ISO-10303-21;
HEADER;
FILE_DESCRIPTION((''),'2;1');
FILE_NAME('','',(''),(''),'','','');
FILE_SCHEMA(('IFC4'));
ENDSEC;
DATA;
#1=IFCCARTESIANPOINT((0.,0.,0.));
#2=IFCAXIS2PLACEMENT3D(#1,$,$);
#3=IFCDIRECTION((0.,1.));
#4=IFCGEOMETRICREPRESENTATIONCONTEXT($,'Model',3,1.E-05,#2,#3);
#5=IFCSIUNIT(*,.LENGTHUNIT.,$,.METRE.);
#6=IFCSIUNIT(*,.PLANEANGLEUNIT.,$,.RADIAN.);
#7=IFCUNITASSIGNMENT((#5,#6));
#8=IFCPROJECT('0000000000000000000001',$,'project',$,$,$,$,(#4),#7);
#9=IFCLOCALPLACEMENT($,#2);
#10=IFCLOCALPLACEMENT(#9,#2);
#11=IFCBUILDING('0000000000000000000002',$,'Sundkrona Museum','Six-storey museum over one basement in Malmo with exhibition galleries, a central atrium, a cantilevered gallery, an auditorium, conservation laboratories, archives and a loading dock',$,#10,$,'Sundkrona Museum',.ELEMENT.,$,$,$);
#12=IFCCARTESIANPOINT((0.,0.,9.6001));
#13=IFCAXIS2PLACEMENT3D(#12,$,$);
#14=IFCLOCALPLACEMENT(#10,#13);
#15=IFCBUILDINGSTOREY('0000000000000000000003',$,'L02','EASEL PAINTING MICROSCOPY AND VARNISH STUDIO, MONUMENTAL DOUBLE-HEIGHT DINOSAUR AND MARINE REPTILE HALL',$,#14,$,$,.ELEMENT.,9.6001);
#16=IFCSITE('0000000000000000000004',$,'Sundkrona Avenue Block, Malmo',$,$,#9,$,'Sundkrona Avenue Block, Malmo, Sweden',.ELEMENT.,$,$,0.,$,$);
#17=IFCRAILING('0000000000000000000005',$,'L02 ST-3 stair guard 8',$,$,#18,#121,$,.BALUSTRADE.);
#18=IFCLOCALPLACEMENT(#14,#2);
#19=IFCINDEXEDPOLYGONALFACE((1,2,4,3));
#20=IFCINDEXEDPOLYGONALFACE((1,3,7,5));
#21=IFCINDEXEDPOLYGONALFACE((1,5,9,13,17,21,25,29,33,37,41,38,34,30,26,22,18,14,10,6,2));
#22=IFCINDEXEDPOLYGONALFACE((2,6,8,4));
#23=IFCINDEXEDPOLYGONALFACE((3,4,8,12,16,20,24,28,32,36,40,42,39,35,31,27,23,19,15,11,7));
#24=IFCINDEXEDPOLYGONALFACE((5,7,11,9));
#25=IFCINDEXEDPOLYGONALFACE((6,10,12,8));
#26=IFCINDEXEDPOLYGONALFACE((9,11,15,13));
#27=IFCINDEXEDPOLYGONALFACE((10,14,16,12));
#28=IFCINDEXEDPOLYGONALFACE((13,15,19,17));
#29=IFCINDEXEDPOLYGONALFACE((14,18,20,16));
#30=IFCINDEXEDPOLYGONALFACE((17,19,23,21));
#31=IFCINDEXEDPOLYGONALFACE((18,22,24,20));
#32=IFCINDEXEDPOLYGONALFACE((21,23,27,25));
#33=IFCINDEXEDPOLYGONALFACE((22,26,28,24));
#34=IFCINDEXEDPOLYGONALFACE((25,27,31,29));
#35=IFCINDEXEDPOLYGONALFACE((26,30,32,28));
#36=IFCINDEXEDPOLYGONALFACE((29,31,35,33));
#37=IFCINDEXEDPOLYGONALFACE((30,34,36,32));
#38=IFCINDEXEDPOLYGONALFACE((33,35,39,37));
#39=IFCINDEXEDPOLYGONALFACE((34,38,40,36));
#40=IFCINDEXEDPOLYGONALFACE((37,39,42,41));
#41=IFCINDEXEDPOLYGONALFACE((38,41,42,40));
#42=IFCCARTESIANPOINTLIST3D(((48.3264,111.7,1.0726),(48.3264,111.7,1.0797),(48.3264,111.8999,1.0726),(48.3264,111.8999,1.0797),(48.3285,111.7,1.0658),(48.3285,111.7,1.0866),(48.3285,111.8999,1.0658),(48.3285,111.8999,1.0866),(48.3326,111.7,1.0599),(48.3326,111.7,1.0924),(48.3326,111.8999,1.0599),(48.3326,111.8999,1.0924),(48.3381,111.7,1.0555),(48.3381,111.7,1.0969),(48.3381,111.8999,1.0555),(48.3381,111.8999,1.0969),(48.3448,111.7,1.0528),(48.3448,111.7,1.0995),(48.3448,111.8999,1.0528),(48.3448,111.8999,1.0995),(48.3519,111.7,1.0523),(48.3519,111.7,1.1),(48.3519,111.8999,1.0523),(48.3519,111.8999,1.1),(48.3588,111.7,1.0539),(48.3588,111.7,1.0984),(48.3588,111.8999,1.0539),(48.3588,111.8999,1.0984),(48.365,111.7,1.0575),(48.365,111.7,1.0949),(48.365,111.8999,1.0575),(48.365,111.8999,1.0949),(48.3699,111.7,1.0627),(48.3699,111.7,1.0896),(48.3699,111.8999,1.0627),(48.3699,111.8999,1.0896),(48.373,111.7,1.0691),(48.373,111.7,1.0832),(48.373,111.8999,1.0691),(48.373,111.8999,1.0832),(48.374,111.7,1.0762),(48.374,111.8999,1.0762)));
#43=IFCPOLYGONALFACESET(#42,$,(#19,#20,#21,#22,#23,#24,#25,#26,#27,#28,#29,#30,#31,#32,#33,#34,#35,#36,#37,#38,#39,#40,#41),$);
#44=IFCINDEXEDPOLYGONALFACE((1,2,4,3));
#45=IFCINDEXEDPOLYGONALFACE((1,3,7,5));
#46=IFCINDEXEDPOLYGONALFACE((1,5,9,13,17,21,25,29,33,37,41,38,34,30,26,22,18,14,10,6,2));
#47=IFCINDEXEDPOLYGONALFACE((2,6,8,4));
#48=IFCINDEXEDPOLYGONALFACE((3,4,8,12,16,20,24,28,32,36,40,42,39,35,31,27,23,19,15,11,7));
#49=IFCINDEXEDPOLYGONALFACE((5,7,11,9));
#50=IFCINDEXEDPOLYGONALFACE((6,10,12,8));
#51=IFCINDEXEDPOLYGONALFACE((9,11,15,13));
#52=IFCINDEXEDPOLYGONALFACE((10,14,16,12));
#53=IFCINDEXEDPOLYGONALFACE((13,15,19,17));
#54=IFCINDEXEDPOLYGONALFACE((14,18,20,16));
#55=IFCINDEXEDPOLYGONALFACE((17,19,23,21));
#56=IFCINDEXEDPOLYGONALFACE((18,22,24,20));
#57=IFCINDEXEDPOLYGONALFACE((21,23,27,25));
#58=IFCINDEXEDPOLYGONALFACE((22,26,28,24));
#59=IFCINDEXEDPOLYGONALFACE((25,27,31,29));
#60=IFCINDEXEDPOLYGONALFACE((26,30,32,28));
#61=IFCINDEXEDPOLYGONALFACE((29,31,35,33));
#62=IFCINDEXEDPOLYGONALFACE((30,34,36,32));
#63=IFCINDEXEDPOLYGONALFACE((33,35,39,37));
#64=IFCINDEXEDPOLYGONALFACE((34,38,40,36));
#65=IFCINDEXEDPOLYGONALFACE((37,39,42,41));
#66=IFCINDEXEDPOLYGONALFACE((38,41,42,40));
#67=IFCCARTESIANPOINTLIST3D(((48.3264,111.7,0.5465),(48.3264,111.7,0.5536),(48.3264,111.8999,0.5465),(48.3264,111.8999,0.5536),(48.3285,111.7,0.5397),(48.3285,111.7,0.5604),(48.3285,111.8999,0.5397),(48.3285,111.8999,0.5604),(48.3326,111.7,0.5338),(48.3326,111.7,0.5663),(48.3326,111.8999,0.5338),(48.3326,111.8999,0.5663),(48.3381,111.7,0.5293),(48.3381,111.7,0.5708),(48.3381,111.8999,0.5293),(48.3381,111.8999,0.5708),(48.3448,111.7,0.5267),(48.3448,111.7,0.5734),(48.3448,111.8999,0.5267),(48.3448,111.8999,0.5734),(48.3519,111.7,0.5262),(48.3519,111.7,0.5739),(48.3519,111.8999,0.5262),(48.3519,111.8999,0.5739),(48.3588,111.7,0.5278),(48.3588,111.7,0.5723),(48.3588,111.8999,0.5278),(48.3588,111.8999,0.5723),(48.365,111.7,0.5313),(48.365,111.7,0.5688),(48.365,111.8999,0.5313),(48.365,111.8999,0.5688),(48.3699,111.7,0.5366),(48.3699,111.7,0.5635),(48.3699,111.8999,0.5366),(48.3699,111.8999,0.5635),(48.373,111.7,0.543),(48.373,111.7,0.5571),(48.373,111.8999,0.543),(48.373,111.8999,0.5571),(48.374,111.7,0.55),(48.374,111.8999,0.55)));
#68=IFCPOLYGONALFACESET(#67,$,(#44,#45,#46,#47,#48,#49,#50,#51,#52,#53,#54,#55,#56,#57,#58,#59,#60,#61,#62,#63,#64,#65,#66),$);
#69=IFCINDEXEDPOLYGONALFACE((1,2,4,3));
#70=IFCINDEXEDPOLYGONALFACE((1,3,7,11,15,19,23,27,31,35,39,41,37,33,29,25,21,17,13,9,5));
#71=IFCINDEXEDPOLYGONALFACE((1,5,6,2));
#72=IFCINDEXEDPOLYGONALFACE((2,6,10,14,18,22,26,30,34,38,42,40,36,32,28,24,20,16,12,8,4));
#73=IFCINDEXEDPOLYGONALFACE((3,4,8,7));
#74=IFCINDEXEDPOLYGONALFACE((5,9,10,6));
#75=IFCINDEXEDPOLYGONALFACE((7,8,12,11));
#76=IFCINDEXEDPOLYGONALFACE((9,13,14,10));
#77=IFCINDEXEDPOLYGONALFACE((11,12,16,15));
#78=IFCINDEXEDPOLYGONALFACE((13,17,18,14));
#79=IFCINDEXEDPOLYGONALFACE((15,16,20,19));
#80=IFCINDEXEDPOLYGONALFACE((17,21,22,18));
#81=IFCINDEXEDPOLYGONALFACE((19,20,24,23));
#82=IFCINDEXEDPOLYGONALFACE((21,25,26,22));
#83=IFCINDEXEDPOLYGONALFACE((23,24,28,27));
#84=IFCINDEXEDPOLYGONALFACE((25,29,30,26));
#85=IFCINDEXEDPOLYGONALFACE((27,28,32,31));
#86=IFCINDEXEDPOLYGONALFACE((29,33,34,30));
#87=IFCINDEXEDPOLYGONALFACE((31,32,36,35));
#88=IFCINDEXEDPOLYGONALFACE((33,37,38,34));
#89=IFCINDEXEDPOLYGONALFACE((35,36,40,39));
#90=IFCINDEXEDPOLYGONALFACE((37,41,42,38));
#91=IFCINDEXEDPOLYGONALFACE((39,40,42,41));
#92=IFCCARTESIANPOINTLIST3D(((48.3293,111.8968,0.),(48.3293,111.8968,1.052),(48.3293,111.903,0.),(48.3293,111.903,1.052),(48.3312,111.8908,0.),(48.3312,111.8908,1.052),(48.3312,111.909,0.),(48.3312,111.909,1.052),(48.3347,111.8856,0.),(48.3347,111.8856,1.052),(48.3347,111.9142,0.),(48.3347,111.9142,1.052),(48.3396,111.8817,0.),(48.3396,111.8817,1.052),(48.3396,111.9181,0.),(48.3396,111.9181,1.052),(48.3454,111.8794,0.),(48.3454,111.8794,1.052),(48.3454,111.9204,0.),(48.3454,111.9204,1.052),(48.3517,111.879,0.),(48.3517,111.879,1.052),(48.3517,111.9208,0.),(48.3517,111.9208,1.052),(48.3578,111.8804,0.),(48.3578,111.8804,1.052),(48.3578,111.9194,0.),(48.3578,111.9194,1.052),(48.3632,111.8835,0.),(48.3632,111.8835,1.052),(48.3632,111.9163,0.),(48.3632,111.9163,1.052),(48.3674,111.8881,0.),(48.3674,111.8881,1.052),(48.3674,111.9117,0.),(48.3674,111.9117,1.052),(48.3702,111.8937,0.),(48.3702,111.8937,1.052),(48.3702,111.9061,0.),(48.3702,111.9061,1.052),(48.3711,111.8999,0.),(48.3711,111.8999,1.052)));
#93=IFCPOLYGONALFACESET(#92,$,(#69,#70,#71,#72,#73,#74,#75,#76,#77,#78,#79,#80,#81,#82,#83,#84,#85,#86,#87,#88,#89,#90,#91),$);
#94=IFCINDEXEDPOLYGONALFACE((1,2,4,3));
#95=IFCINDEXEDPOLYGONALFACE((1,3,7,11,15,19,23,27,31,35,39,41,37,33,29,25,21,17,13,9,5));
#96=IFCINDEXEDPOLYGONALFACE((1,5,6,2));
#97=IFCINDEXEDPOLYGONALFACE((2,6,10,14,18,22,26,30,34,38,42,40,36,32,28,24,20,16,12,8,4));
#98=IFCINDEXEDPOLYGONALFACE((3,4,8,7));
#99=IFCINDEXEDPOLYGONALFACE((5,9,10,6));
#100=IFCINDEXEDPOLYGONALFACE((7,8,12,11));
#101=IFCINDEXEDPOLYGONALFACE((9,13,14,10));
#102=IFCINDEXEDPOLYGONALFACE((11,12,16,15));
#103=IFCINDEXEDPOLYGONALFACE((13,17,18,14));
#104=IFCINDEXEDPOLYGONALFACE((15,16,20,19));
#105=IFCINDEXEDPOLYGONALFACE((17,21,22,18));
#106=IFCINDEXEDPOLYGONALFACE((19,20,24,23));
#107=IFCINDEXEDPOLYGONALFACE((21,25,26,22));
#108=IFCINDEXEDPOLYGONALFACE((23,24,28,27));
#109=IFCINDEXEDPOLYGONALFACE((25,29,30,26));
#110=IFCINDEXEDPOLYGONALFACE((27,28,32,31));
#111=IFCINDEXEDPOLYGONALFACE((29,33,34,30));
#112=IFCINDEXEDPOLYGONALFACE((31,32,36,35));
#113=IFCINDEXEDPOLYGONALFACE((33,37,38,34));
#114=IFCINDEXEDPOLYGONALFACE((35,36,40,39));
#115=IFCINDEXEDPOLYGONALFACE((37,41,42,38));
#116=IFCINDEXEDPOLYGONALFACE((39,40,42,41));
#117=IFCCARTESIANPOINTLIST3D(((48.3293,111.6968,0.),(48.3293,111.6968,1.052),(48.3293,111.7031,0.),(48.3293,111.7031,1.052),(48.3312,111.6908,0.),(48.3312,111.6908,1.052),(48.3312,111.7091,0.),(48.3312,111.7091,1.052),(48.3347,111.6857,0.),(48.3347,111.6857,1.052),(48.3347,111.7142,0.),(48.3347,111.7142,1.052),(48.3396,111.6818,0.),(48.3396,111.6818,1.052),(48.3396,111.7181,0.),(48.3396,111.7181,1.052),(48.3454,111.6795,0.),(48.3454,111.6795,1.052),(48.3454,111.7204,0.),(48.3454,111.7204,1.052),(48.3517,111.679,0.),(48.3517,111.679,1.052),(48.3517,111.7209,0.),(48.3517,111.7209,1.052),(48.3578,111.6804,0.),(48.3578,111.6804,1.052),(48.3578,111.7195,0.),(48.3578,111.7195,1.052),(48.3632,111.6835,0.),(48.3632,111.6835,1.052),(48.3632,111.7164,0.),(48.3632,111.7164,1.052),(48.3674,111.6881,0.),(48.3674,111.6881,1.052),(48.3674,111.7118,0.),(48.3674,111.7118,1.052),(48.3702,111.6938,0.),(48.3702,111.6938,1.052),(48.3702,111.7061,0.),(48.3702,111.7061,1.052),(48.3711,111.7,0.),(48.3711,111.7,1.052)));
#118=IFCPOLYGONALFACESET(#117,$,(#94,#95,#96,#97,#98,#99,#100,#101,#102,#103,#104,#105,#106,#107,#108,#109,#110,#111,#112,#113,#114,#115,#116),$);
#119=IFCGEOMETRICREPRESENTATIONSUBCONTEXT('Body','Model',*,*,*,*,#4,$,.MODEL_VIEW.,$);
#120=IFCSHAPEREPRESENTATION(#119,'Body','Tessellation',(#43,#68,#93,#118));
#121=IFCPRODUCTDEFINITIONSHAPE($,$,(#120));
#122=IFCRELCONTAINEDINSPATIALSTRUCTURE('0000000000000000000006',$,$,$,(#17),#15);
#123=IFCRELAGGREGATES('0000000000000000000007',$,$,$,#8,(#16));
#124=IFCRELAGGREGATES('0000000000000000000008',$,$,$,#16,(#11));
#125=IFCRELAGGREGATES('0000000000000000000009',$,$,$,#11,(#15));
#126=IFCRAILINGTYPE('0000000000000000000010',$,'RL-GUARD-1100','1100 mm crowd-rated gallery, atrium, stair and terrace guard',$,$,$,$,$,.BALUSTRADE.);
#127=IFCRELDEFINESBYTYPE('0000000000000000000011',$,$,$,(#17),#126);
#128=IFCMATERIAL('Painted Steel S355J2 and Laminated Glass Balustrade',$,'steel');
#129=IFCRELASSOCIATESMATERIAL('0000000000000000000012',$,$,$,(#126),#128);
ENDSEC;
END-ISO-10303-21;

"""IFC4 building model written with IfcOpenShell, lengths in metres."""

from ifc_helpers import new_model, si_unit, direction, frame, origin, origin_2d, place, context, subcontext, project, spatial, circle, extrude, material, type_object, element, save


model = new_model("IFC4")

# Units and contexts
model_context = context("Model", 3, precision=1e-05, world=origin(), true_north=direction((0.0, 1.0)))
body_context = subcontext(model_context, "Body", "Model", "MODEL_VIEW")
ifc_project = project(units=[si_unit("LENGTHUNIT", "METRE"), si_unit("PLANEANGLEUNIT", "RADIAN")], contexts=[model_context])

# Site, building, storey
site_placement = place(None, origin())
site = spatial("IfcSite", under=ifc_project, at=site_placement, Name="Sundkrona Avenue Block, Malmo", LongName="Sundkrona Avenue Block, Malmo, Sweden", CompositionType="ELEMENT", RefElevation=0.0)
building_placement = place(site_placement, origin())
building = spatial("IfcBuilding", under=site, at=building_placement, Name="Sundkrona Museum", Description="Six-storey museum over one basement in Malmo with exhibition galleries, a central atrium, a cantilevered gallery, an auditorium, conservation laboratories, archives and a loading dock", LongName="Sundkrona Museum", CompositionType="ELEMENT")
storey_placement = place(building_placement, frame((0.0, 0.0, 9.6001)))
storey = spatial("IfcBuildingStorey", under=building, at=storey_placement, Name="L02", Description="EASEL PAINTING MICROSCOPY AND VARNISH STUDIO, MONUMENTAL DOUBLE-HEIGHT DINOSAUR AND MARINE REPTILE HALL", CompositionType="ELEMENT", Elevation=9.6001)

# Railing
ifc_material_1 = material(Name="Painted Steel S355J2 and Laminated Glass Balustrade", Category="steel")
railing_type_1 = type_object("IfcRailingType", Name="RL-GUARD-1100", Description="1100 mm crowd-rated gallery, atrium, stair and terrace guard", PredefinedType="BALUSTRADE", material=ifc_material_1)
railing_1_placement = place(storey_placement, frame((48.3501, 111.8999, 0.0)))
element("IfcRailing", 1, at=railing_1_placement, inside=storey, type_object=railing_type_1, Name="L02 ST-3 stair guard 8", PredefinedType="BALUSTRADE", context=body_context, shape_type="SweptSolid", body=[
    extrude(circle(Radius=0.0239, at=origin_2d()), frame((0.0, 0.0, 1.0762), z_axis=(0.0, -1.0, 0.0), x_axis=(1.0, 0.0, 0.0)), (0.0, 0.0, 1.0), 0.2),
    extrude(circle(Radius=0.0239, at=origin_2d()), frame((0.0, 0.0, 0.55), z_axis=(0.0, -1.0, 0.0), x_axis=(1.0, 0.0, 0.0)), (0.0, 0.0, 1.0), 0.2),
    extrude(circle(Radius=0.021, at=origin_2d()), origin(), (0.0, 0.0, 1.0), 1.052),
    extrude(circle(Radius=0.021, at=origin_2d()), frame((0.0, -0.2, 0.0)), (0.0, 0.0, 1.0), 1.052),
])

save(model, "model.ifc")
